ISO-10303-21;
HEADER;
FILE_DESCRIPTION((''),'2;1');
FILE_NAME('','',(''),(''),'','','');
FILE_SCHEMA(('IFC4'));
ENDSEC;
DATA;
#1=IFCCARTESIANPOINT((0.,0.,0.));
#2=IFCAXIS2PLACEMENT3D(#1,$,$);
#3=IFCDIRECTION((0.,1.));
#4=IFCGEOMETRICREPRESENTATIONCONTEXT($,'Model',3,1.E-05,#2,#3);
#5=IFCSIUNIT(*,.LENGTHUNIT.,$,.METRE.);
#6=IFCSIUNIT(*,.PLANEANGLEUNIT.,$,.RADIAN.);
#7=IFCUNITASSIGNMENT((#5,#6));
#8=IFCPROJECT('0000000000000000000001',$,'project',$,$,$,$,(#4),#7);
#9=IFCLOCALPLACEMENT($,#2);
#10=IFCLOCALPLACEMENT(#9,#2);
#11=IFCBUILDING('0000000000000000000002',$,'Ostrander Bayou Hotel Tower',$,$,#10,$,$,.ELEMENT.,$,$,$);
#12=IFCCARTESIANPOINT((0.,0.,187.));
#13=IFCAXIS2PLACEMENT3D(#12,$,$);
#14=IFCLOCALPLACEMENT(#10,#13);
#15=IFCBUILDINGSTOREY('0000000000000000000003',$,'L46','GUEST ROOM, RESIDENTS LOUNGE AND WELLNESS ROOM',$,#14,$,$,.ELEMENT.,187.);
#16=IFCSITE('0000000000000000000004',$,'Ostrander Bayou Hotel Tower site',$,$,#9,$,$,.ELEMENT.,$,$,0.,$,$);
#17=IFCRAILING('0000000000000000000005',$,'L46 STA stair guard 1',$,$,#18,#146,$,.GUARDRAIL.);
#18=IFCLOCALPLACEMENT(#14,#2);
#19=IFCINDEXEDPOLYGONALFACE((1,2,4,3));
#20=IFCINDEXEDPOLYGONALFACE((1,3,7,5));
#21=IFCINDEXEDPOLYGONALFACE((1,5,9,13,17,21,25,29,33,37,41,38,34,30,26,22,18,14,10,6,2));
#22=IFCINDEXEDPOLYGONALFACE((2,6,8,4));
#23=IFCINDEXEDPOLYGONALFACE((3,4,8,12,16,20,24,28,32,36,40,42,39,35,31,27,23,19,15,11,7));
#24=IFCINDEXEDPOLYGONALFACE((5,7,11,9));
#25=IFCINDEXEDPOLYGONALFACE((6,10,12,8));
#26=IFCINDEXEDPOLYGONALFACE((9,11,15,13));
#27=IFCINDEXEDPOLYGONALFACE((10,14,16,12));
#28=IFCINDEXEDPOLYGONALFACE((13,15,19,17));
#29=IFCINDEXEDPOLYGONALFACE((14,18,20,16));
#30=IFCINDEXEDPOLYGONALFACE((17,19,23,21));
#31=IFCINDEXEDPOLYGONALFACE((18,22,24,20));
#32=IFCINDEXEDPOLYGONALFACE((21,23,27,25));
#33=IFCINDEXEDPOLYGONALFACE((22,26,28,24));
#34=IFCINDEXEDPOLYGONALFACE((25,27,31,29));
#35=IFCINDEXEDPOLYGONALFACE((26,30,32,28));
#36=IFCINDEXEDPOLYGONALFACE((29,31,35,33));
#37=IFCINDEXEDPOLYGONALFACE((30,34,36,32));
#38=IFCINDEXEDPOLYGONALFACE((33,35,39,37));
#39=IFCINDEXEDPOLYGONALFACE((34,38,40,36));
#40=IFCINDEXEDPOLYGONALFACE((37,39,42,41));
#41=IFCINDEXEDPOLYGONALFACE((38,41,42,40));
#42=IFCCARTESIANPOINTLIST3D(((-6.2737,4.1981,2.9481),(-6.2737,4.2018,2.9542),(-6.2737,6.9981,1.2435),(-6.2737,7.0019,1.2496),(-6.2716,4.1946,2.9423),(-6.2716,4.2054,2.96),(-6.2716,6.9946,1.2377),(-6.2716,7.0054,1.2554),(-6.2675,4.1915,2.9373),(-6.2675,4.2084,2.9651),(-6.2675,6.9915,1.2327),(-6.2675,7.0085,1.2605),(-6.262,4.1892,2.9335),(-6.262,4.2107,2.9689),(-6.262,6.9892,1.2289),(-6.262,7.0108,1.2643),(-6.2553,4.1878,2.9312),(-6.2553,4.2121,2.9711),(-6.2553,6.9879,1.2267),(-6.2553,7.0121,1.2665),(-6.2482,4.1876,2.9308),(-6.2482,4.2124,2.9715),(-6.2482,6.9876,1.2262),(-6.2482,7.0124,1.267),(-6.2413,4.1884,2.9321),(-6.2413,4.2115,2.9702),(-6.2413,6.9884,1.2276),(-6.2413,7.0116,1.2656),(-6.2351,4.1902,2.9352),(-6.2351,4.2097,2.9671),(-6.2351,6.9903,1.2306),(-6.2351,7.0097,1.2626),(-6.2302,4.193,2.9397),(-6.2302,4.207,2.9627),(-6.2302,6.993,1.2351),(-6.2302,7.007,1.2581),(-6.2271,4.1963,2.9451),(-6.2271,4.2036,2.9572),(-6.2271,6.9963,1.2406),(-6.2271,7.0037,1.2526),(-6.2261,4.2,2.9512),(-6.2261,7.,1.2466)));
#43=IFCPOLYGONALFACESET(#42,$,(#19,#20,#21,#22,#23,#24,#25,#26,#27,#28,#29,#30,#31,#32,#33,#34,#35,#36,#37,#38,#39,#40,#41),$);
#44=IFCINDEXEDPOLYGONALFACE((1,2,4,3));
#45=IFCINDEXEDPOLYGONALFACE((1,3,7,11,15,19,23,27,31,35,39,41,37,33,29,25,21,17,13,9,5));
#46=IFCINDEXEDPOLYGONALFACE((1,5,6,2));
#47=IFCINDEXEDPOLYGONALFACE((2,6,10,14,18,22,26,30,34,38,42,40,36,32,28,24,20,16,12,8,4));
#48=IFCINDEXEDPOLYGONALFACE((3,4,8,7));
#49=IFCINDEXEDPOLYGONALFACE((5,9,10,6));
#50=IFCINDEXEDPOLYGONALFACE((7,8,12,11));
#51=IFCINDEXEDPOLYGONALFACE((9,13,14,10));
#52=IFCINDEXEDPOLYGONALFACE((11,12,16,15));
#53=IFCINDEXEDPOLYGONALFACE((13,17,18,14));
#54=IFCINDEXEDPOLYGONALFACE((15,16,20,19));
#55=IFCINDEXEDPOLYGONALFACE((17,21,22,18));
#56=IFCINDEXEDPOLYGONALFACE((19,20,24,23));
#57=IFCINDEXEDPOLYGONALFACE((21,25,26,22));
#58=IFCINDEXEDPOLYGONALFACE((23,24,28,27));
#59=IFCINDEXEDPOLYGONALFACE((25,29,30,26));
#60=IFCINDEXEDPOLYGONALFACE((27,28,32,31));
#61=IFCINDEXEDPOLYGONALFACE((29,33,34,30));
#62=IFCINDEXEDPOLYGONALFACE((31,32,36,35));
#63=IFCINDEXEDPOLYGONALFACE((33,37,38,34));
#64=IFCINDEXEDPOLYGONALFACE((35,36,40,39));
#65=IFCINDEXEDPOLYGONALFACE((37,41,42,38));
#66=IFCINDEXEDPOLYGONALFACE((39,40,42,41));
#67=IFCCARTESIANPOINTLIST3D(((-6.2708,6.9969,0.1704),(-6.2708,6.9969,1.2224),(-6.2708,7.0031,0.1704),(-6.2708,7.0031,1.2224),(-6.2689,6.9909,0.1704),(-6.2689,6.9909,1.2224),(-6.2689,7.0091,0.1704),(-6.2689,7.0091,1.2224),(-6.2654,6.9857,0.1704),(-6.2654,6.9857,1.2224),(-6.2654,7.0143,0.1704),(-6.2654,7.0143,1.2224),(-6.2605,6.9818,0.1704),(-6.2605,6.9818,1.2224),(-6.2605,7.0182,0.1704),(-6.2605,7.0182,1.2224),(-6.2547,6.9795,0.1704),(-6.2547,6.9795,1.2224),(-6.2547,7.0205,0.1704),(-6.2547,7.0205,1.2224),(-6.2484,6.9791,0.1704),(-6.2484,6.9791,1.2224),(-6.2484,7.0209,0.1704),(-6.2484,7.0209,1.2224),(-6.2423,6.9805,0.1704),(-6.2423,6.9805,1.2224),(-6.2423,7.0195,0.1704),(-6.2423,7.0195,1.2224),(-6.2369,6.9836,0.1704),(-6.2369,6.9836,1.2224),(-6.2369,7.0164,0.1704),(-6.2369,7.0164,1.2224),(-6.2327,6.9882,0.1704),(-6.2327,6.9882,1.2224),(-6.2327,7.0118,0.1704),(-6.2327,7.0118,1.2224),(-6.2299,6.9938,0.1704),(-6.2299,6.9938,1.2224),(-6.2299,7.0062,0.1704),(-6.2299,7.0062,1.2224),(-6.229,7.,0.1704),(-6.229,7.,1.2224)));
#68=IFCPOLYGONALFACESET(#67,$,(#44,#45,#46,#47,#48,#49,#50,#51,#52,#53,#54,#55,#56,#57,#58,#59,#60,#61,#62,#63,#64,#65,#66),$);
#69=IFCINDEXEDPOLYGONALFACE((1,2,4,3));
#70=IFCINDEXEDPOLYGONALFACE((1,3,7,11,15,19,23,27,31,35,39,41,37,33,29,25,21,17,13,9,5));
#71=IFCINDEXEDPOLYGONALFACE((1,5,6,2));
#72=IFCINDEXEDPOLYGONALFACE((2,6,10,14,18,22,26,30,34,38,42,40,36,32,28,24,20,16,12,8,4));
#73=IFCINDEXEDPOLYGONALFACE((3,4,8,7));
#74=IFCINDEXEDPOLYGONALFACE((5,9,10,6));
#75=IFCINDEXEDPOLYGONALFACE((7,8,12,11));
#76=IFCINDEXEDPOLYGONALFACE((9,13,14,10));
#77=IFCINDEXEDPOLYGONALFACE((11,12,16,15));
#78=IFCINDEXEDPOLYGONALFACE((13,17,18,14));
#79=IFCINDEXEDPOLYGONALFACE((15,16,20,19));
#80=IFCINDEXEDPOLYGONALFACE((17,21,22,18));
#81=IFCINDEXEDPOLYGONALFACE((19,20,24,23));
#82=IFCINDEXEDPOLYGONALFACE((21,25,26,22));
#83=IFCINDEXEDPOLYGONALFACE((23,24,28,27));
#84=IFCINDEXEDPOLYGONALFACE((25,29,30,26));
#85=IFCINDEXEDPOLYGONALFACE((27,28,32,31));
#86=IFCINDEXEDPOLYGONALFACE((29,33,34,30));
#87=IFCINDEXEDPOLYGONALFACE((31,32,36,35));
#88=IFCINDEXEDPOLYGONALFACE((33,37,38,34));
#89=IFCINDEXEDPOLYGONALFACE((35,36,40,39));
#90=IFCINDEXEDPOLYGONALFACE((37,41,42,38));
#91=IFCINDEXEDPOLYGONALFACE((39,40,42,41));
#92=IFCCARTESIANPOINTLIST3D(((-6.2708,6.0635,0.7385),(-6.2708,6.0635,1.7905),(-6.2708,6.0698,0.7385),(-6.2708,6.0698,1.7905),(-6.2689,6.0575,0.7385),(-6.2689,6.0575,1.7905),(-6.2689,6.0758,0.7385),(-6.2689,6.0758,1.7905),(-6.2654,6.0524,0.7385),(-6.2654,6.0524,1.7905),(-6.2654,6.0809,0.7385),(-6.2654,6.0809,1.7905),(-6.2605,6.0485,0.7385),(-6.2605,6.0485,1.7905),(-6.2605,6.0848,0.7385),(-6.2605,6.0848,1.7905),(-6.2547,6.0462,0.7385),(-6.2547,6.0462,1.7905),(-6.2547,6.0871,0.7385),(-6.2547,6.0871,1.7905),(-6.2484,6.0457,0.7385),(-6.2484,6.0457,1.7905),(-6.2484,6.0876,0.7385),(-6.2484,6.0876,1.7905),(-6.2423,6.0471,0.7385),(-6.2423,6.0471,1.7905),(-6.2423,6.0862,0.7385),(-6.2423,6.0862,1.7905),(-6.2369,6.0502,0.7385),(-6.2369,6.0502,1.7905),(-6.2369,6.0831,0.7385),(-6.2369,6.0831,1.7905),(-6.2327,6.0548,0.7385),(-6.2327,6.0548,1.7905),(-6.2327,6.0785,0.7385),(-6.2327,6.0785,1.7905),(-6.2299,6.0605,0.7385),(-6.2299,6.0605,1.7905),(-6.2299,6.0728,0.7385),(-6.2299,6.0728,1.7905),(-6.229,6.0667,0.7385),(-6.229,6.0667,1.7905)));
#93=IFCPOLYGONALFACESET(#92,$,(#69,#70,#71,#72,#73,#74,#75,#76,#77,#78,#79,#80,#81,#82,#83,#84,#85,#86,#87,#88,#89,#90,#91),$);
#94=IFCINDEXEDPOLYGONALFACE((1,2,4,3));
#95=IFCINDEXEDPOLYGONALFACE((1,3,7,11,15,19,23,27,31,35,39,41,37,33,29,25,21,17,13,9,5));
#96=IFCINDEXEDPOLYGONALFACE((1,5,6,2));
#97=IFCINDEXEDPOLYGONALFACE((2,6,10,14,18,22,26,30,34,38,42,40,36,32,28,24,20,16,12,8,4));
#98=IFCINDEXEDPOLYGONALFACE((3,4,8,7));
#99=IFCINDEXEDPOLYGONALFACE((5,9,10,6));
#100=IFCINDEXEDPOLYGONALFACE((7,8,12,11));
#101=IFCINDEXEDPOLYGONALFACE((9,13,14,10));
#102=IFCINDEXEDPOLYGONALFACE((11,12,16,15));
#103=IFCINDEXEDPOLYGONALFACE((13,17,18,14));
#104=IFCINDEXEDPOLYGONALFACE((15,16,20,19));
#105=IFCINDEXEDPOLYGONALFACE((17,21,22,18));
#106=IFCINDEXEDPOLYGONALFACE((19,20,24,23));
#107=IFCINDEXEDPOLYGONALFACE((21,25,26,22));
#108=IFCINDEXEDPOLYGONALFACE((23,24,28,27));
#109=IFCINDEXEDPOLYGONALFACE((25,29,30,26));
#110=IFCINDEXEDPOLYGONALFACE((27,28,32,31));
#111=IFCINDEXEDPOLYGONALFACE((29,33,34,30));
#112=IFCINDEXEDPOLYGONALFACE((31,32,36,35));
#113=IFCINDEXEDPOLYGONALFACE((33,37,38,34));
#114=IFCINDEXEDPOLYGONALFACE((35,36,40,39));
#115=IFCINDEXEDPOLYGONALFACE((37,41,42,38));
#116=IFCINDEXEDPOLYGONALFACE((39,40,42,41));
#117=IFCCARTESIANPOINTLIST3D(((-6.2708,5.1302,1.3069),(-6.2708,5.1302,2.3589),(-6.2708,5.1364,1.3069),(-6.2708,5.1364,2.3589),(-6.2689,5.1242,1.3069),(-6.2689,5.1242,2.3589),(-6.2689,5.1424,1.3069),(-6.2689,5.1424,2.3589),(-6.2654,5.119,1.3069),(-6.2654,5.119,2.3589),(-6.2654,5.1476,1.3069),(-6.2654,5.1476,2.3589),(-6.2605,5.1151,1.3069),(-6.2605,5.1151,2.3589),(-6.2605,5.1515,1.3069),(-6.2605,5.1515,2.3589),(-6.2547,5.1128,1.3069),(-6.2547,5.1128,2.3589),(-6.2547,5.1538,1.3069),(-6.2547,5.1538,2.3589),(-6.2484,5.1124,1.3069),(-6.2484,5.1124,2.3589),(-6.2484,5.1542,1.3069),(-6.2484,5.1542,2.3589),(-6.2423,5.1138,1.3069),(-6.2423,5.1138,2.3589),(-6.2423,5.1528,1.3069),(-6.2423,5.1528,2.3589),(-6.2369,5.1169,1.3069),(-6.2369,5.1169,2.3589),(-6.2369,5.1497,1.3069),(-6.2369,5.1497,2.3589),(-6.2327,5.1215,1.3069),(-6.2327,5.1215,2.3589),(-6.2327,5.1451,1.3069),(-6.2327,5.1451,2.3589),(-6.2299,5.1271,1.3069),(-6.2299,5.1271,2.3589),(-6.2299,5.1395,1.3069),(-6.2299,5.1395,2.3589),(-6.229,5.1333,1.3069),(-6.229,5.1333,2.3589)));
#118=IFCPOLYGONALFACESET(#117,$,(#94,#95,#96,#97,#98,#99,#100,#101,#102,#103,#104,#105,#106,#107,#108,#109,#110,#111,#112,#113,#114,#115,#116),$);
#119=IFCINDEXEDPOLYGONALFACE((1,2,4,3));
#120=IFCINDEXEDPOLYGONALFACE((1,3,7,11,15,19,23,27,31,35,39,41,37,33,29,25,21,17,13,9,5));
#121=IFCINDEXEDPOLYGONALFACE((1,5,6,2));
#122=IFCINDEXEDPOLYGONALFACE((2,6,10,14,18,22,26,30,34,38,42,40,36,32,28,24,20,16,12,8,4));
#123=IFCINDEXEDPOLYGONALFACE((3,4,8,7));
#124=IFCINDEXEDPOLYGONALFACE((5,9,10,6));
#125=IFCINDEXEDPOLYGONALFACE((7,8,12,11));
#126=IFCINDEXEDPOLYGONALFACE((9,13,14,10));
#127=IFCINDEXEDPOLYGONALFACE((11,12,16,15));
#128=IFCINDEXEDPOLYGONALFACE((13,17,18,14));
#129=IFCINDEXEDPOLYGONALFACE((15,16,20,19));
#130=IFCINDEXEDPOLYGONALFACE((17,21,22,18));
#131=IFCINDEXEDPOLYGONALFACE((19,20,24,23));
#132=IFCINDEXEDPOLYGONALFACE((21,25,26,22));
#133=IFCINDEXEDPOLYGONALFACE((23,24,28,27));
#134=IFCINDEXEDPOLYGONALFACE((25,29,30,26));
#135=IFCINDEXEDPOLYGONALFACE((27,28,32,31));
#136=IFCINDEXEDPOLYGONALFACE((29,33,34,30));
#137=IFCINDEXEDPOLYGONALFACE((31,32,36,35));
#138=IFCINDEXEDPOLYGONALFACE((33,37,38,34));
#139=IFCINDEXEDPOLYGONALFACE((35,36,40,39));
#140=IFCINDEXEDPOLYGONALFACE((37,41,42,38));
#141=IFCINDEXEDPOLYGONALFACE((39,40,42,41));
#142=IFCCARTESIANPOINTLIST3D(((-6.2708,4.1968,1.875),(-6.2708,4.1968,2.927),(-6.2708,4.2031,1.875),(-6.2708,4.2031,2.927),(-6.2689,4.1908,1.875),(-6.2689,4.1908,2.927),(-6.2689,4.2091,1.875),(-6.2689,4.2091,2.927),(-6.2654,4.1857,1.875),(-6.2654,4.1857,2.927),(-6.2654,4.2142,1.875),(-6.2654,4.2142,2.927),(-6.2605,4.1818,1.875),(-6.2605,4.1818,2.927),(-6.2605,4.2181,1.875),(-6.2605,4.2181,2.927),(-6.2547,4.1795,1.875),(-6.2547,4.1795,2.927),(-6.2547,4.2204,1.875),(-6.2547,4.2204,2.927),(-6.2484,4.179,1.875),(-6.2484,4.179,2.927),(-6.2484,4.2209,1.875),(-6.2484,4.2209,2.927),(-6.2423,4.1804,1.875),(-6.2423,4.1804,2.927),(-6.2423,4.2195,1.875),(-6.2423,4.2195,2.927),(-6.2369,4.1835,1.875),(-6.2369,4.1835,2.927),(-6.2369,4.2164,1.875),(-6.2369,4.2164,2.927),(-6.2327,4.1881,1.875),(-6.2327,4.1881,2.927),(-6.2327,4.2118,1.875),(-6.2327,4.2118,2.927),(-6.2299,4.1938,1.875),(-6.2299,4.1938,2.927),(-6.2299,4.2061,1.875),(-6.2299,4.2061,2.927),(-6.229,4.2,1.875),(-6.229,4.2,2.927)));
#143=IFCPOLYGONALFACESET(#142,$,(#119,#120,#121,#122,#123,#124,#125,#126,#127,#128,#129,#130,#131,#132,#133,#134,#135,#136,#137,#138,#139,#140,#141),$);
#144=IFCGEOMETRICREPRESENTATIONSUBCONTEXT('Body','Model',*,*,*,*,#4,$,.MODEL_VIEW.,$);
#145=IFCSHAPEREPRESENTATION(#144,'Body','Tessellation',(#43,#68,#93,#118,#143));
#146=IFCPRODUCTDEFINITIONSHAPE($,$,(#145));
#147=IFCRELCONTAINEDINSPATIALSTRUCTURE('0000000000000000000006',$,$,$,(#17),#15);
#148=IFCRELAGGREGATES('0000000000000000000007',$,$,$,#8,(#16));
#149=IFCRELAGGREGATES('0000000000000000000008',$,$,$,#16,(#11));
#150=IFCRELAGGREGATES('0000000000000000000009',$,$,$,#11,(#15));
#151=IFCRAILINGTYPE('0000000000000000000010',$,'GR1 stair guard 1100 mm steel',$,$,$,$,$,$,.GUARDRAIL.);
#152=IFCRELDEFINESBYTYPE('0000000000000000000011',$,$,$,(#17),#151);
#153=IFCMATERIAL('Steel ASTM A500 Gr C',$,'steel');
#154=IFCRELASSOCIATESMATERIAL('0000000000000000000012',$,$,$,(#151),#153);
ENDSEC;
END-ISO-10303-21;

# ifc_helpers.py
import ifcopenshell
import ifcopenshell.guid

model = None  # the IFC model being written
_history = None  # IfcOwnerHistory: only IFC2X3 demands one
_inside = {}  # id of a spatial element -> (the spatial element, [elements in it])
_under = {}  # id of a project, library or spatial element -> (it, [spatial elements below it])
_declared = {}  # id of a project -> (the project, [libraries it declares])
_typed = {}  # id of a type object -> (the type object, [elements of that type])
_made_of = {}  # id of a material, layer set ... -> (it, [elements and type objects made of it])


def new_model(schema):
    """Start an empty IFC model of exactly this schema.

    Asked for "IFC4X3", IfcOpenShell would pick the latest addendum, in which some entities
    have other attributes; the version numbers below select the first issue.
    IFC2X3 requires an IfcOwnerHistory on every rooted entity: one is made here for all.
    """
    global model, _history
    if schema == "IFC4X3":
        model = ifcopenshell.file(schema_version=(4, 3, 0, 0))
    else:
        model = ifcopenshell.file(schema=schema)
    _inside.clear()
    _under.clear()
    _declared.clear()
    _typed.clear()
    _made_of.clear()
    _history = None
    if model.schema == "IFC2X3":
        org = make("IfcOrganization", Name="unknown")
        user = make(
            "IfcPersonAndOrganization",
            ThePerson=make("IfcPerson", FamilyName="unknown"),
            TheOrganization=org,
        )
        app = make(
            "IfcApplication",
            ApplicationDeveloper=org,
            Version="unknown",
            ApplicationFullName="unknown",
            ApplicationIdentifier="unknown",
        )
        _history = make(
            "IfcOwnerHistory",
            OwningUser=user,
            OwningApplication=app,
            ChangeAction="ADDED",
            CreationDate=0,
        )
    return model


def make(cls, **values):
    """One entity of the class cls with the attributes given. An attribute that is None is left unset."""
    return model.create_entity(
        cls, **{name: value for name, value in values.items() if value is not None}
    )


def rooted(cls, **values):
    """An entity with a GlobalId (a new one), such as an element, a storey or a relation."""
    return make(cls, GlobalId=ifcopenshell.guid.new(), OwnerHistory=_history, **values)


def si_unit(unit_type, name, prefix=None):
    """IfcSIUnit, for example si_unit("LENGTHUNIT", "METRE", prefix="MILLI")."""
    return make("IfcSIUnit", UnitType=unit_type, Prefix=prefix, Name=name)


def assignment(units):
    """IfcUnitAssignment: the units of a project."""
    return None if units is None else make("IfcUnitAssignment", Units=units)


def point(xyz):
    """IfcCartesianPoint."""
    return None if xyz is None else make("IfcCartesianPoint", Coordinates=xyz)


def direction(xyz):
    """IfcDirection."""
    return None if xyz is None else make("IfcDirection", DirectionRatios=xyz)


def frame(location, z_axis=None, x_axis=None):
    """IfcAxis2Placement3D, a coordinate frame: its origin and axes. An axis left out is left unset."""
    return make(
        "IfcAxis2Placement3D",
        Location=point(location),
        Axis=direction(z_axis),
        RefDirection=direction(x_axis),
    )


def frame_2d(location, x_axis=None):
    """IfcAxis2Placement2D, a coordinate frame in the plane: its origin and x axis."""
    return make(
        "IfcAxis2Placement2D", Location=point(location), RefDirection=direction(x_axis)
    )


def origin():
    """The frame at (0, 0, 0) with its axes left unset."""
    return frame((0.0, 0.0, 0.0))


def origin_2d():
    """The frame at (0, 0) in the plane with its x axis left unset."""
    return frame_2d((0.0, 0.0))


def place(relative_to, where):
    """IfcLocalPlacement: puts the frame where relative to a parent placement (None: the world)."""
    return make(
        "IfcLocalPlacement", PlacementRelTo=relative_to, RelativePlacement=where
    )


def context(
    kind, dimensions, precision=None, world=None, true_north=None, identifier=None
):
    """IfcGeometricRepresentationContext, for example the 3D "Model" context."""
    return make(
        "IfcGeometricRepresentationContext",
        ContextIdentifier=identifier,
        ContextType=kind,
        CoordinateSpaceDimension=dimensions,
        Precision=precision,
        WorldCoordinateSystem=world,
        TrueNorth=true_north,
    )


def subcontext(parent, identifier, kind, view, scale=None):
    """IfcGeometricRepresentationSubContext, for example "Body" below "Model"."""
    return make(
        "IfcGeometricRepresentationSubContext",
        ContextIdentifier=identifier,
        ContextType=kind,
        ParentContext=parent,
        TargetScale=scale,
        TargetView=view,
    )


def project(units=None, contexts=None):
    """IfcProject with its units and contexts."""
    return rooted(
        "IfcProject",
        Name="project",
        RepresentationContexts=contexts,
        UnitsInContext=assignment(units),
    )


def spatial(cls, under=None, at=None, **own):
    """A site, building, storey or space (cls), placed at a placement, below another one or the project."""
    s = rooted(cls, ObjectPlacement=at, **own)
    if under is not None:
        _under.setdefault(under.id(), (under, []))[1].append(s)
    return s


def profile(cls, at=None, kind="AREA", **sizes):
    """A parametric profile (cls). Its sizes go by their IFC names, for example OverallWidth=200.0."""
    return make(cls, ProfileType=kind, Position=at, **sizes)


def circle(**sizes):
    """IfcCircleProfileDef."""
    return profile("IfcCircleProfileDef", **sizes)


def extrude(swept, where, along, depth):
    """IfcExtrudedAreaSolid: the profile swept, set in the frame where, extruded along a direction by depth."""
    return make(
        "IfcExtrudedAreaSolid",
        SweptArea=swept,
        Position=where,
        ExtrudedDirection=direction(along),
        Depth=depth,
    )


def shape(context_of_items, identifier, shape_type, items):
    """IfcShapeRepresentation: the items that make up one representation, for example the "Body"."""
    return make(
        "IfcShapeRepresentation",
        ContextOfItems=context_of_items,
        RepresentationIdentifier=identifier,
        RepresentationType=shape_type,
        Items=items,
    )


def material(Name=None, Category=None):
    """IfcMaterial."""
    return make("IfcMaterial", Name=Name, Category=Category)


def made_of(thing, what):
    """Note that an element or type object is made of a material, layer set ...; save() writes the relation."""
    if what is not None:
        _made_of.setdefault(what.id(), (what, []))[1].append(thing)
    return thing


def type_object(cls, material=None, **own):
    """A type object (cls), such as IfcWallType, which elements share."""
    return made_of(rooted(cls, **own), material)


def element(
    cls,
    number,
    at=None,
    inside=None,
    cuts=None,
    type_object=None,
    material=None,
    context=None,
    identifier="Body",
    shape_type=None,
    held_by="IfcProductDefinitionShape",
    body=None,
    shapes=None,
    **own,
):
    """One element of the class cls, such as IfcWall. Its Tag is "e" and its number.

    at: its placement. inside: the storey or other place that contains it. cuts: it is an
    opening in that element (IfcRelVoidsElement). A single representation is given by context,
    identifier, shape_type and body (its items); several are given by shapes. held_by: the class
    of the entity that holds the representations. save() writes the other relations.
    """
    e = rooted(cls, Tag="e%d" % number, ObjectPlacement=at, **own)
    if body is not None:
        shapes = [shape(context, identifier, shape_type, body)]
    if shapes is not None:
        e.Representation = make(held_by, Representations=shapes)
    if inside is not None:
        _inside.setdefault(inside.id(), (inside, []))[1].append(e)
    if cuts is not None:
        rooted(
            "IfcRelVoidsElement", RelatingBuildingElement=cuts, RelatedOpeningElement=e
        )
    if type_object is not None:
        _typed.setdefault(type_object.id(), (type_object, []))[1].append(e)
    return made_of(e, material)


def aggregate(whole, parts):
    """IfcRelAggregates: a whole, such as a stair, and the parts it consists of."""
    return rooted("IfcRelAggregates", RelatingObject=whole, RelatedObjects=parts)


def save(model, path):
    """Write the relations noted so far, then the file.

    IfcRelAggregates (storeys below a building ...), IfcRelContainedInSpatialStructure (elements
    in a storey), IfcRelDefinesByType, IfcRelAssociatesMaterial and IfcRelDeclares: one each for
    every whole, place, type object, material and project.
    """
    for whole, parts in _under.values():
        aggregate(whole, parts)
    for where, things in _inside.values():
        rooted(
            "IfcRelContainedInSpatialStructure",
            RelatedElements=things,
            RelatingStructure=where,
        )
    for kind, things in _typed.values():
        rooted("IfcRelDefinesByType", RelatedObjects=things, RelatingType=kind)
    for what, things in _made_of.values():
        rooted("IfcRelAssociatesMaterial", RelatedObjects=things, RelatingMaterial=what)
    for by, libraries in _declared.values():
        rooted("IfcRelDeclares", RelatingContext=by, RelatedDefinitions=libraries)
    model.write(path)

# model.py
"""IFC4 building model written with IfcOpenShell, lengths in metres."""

from ifc_helpers import new_model, si_unit, direction, frame, origin, origin_2d, place, context, subcontext, project, spatial, circle, extrude, material, type_object, element, save


model = new_model("IFC4")

# Units and contexts
model_context = context("Model", 3, precision=1e-05, world=origin(), true_north=direction((0.0, 1.0)))
body_context = subcontext(model_context, "Body", "Model", "MODEL_VIEW")
ifc_project = project(units=[si_unit("LENGTHUNIT", "METRE"), si_unit("PLANEANGLEUNIT", "RADIAN")], contexts=[model_context])

# Site, building, storey
site_placement = place(None, origin())
site = spatial("IfcSite", under=ifc_project, at=site_placement, Name="Ostrander Bayou Hotel Tower site", CompositionType="ELEMENT", RefElevation=0.0)
building_placement = place(site_placement, origin())
building = spatial("IfcBuilding", under=site, at=building_placement, Name="Ostrander Bayou Hotel Tower", CompositionType="ELEMENT")
storey_placement = place(building_placement, frame((0.0, 0.0, 187.0)))
storey = spatial("IfcBuildingStorey", under=building, at=storey_placement, Name="L46", Description="GUEST ROOM, RESIDENTS LOUNGE AND WELLNESS ROOM", CompositionType="ELEMENT", Elevation=187.0)

# Railing
ifc_material_1 = material(Name="Steel ASTM A500 Gr C", Category="steel")
railing_type_1 = type_object("IfcRailingType", Name="GR1 stair guard 1100 mm steel", PredefinedType="GUARDRAIL", material=ifc_material_1)
railing_1_placement = place(storey_placement, frame((-6.25, 7.0, 0.1704)))
element("IfcRailing", 1, at=railing_1_placement, inside=storey, type_object=railing_type_1, Name="L46 STA stair guard 1", PredefinedType="GUARDRAIL", context=body_context, shape_type="SweptSolid", body=[
    extrude(circle(Radius=0.0239, at=origin_2d()), frame((0.0, 0.0, 1.0762), z_axis=(0.0, -0.85417, 0.519994), x_axis=(1.0, 0.0, 0.0)), (0.0, 0.0, 1.0), 3.2781),
    extrude(circle(Radius=0.021, at=origin_2d()), origin(), (0.0, 0.0, 1.0), 1.052),
    extrude(circle(Radius=0.021, at=origin_2d()), frame((0.0, -0.9333, 0.5681)), (0.0, 0.0, 1.0), 1.052),
    extrude(circle(Radius=0.021, at=origin_2d()), frame((0.0, -1.8667, 1.1365)), (0.0, 0.0, 1.0), 1.052),
    extrude(circle(Radius=0.021, at=origin_2d()), frame((0.0, -2.8, 1.7046)), (0.0, 0.0, 1.0), 1.052),
])

save(model, "model.ifc")
